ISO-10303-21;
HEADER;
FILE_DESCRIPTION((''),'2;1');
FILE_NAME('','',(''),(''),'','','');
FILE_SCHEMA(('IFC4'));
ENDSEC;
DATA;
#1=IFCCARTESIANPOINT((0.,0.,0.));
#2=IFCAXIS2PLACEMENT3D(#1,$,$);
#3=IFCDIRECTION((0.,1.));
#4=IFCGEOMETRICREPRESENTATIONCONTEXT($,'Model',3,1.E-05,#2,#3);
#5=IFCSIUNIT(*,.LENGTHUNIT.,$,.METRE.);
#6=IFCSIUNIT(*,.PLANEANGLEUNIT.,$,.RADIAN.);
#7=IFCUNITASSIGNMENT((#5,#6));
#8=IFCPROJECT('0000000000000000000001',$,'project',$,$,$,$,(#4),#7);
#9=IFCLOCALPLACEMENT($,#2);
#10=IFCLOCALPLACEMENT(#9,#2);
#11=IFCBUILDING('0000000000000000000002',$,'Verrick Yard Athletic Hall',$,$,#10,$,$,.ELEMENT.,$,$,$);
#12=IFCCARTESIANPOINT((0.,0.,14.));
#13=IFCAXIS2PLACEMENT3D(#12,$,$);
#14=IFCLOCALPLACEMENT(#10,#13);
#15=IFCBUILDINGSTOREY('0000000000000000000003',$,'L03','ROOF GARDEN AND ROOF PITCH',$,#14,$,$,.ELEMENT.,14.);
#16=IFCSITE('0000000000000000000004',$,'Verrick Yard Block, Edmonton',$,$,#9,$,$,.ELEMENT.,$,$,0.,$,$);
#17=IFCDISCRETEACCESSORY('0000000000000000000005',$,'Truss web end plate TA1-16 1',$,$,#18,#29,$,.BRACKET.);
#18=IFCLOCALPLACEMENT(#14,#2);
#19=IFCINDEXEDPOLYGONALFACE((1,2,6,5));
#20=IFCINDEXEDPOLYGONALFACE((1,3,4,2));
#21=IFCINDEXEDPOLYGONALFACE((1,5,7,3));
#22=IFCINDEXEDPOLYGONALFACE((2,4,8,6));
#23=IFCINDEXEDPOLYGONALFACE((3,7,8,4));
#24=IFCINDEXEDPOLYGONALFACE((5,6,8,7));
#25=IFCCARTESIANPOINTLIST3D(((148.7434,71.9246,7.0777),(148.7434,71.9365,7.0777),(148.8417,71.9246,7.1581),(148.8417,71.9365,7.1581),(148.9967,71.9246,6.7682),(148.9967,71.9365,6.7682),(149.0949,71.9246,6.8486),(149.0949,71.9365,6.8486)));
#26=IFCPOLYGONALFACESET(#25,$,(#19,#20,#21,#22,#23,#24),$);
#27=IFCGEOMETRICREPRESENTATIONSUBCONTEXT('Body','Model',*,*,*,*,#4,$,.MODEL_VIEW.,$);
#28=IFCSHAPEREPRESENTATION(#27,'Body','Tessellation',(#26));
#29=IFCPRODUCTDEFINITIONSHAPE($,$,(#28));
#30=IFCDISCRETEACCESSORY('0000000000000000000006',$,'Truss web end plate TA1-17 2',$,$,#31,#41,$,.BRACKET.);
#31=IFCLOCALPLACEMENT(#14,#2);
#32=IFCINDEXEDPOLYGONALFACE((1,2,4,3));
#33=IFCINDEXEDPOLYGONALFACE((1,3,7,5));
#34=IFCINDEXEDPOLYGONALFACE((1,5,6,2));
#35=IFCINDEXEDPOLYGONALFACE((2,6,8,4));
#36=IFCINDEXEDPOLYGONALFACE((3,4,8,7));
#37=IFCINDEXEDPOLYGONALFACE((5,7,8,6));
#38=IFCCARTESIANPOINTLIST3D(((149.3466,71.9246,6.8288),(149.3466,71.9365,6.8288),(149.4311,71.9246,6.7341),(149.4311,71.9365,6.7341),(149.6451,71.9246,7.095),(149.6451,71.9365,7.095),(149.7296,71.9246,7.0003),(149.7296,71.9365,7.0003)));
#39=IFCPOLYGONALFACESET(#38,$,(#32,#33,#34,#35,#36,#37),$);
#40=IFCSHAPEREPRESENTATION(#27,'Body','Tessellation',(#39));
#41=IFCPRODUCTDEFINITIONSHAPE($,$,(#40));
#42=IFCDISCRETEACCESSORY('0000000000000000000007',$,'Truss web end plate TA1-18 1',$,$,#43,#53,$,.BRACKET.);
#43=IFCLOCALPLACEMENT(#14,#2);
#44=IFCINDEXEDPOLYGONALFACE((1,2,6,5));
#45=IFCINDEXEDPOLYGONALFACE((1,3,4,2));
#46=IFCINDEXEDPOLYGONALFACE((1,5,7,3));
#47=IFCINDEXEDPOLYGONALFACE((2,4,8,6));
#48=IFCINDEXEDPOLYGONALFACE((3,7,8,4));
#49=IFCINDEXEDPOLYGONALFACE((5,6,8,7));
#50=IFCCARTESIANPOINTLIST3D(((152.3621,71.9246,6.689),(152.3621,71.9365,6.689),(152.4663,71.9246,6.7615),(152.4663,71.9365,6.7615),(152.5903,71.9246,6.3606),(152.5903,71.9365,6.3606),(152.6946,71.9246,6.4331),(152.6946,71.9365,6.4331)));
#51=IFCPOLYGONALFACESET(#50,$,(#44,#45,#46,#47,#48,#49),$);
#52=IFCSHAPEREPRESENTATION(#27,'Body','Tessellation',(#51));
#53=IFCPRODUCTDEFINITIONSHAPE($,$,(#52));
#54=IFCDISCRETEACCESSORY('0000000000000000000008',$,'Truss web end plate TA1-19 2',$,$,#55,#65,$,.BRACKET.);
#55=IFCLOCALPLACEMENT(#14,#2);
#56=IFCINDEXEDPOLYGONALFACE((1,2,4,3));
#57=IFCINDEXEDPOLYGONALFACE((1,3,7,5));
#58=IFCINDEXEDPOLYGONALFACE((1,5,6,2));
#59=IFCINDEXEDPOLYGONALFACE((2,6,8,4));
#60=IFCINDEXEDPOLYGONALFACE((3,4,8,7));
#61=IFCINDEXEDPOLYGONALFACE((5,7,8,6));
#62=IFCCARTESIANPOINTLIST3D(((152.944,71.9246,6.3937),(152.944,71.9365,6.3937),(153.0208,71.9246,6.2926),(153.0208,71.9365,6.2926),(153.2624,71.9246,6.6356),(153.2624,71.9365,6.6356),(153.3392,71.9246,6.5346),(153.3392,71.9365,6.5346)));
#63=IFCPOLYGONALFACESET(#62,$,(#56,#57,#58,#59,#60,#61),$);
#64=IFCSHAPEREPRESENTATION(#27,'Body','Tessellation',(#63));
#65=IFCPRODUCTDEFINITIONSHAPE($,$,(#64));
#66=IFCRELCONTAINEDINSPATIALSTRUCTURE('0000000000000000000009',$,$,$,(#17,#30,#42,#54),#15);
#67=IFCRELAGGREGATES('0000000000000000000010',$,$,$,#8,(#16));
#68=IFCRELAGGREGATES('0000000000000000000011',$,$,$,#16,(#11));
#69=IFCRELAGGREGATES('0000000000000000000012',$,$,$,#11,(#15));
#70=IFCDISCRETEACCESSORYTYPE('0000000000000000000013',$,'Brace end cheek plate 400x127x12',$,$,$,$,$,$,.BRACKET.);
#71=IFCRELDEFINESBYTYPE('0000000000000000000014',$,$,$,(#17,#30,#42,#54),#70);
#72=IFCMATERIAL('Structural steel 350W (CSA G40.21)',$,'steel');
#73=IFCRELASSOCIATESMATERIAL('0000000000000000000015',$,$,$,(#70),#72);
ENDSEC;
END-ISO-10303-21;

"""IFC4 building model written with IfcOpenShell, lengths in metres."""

from ifc_helpers import new_model, si_unit, direction, frame, origin, origin_2d, place, context, subcontext, project, spatial, rectangle, extrude, material, material_profile, profile_set, type_object, element, save


model = new_model("IFC4")

# Units and contexts
model_context = context("Model", 3, precision=1e-05, world=origin(), true_north=direction((0.0, 1.0)))
body_context = subcontext(model_context, "Body", "Model", "MODEL_VIEW")
ifc_project = project(units=[si_unit("LENGTHUNIT", "METRE"), si_unit("PLANEANGLEUNIT", "RADIAN")], contexts=[model_context])

# Site, building, storey
site_placement = place(None, origin())
site = spatial("IfcSite", under=ifc_project, at=site_placement, Name="Verrick Yard Block, Edmonton", CompositionType="ELEMENT", RefElevation=0.0)
building_placement = place(site_placement, origin())
building = spatial("IfcBuilding", under=site, at=building_placement, Name="Verrick Yard Athletic Hall", CompositionType="ELEMENT")
storey_placement = place(building_placement, frame((0.0, 0.0, 14.0)))
storey = spatial("IfcBuildingStorey", under=building, at=storey_placement, Name="L03", Description="ROOF GARDEN AND ROOF PITCH", CompositionType="ELEMENT", Elevation=14.0)

# Discrete accessories
ifc_material_1 = material(Name="Structural steel 350W (CSA G40.21)", Category="steel")
ifc_material_profile = material_profile(ifc_material_1, rectangle(XDim=0.3999, YDim=0.127, at=origin_2d()), Name="Brace end cheek plate")
ifc_profile_set = profile_set([ifc_material_profile], Name="Structural steel 350W (CSA G40.21)")
discrete_accessory_type = type_object("IfcDiscreteAccessoryType", Name="Brace end cheek plate 400x127x12", PredefinedType="BRACKET", material=ifc_profile_set)
for number, where, z_axis, x_axis, name in (
    (1, (148.9192, 71.9365, 6.9631), (0.0, -1.0, 0.0), (-0.633246, 0.0, 0.773951), "Truss web end plate TA1-16 1"),
    (2, (149.5381, 71.9365, 6.9146), (0.0, -1.0, 0.0), (0.746352, 0.0, 0.665551), "Truss web end plate TA1-17 2"),
    (3, (152.5283, 71.9365, 6.561), (0.0, -1.0, 0.0), (-0.570674, 0.0, 0.821176), "Truss web end plate TA1-18 1"),
    (4, (153.1416, 71.9365, 6.4641), (0.0, -1.0, 0.0), (0.796193, 0.0, 0.605042), "Truss web end plate TA1-19 2"),
):
    element("IfcDiscreteAccessory", number, at=place(storey_placement, frame(where, z_axis=z_axis, x_axis=x_axis)), inside=storey, type_object=discrete_accessory_type, Name=name, PredefinedType="BRACKET", context=body_context, shape_type="SweptSolid", body=[
        extrude(rectangle(XDim=0.3999, YDim=0.127, at=origin_2d()), origin(), (0.0, 0.0, 1.0), 0.012),
    ])

save(model, "model.ifc")
